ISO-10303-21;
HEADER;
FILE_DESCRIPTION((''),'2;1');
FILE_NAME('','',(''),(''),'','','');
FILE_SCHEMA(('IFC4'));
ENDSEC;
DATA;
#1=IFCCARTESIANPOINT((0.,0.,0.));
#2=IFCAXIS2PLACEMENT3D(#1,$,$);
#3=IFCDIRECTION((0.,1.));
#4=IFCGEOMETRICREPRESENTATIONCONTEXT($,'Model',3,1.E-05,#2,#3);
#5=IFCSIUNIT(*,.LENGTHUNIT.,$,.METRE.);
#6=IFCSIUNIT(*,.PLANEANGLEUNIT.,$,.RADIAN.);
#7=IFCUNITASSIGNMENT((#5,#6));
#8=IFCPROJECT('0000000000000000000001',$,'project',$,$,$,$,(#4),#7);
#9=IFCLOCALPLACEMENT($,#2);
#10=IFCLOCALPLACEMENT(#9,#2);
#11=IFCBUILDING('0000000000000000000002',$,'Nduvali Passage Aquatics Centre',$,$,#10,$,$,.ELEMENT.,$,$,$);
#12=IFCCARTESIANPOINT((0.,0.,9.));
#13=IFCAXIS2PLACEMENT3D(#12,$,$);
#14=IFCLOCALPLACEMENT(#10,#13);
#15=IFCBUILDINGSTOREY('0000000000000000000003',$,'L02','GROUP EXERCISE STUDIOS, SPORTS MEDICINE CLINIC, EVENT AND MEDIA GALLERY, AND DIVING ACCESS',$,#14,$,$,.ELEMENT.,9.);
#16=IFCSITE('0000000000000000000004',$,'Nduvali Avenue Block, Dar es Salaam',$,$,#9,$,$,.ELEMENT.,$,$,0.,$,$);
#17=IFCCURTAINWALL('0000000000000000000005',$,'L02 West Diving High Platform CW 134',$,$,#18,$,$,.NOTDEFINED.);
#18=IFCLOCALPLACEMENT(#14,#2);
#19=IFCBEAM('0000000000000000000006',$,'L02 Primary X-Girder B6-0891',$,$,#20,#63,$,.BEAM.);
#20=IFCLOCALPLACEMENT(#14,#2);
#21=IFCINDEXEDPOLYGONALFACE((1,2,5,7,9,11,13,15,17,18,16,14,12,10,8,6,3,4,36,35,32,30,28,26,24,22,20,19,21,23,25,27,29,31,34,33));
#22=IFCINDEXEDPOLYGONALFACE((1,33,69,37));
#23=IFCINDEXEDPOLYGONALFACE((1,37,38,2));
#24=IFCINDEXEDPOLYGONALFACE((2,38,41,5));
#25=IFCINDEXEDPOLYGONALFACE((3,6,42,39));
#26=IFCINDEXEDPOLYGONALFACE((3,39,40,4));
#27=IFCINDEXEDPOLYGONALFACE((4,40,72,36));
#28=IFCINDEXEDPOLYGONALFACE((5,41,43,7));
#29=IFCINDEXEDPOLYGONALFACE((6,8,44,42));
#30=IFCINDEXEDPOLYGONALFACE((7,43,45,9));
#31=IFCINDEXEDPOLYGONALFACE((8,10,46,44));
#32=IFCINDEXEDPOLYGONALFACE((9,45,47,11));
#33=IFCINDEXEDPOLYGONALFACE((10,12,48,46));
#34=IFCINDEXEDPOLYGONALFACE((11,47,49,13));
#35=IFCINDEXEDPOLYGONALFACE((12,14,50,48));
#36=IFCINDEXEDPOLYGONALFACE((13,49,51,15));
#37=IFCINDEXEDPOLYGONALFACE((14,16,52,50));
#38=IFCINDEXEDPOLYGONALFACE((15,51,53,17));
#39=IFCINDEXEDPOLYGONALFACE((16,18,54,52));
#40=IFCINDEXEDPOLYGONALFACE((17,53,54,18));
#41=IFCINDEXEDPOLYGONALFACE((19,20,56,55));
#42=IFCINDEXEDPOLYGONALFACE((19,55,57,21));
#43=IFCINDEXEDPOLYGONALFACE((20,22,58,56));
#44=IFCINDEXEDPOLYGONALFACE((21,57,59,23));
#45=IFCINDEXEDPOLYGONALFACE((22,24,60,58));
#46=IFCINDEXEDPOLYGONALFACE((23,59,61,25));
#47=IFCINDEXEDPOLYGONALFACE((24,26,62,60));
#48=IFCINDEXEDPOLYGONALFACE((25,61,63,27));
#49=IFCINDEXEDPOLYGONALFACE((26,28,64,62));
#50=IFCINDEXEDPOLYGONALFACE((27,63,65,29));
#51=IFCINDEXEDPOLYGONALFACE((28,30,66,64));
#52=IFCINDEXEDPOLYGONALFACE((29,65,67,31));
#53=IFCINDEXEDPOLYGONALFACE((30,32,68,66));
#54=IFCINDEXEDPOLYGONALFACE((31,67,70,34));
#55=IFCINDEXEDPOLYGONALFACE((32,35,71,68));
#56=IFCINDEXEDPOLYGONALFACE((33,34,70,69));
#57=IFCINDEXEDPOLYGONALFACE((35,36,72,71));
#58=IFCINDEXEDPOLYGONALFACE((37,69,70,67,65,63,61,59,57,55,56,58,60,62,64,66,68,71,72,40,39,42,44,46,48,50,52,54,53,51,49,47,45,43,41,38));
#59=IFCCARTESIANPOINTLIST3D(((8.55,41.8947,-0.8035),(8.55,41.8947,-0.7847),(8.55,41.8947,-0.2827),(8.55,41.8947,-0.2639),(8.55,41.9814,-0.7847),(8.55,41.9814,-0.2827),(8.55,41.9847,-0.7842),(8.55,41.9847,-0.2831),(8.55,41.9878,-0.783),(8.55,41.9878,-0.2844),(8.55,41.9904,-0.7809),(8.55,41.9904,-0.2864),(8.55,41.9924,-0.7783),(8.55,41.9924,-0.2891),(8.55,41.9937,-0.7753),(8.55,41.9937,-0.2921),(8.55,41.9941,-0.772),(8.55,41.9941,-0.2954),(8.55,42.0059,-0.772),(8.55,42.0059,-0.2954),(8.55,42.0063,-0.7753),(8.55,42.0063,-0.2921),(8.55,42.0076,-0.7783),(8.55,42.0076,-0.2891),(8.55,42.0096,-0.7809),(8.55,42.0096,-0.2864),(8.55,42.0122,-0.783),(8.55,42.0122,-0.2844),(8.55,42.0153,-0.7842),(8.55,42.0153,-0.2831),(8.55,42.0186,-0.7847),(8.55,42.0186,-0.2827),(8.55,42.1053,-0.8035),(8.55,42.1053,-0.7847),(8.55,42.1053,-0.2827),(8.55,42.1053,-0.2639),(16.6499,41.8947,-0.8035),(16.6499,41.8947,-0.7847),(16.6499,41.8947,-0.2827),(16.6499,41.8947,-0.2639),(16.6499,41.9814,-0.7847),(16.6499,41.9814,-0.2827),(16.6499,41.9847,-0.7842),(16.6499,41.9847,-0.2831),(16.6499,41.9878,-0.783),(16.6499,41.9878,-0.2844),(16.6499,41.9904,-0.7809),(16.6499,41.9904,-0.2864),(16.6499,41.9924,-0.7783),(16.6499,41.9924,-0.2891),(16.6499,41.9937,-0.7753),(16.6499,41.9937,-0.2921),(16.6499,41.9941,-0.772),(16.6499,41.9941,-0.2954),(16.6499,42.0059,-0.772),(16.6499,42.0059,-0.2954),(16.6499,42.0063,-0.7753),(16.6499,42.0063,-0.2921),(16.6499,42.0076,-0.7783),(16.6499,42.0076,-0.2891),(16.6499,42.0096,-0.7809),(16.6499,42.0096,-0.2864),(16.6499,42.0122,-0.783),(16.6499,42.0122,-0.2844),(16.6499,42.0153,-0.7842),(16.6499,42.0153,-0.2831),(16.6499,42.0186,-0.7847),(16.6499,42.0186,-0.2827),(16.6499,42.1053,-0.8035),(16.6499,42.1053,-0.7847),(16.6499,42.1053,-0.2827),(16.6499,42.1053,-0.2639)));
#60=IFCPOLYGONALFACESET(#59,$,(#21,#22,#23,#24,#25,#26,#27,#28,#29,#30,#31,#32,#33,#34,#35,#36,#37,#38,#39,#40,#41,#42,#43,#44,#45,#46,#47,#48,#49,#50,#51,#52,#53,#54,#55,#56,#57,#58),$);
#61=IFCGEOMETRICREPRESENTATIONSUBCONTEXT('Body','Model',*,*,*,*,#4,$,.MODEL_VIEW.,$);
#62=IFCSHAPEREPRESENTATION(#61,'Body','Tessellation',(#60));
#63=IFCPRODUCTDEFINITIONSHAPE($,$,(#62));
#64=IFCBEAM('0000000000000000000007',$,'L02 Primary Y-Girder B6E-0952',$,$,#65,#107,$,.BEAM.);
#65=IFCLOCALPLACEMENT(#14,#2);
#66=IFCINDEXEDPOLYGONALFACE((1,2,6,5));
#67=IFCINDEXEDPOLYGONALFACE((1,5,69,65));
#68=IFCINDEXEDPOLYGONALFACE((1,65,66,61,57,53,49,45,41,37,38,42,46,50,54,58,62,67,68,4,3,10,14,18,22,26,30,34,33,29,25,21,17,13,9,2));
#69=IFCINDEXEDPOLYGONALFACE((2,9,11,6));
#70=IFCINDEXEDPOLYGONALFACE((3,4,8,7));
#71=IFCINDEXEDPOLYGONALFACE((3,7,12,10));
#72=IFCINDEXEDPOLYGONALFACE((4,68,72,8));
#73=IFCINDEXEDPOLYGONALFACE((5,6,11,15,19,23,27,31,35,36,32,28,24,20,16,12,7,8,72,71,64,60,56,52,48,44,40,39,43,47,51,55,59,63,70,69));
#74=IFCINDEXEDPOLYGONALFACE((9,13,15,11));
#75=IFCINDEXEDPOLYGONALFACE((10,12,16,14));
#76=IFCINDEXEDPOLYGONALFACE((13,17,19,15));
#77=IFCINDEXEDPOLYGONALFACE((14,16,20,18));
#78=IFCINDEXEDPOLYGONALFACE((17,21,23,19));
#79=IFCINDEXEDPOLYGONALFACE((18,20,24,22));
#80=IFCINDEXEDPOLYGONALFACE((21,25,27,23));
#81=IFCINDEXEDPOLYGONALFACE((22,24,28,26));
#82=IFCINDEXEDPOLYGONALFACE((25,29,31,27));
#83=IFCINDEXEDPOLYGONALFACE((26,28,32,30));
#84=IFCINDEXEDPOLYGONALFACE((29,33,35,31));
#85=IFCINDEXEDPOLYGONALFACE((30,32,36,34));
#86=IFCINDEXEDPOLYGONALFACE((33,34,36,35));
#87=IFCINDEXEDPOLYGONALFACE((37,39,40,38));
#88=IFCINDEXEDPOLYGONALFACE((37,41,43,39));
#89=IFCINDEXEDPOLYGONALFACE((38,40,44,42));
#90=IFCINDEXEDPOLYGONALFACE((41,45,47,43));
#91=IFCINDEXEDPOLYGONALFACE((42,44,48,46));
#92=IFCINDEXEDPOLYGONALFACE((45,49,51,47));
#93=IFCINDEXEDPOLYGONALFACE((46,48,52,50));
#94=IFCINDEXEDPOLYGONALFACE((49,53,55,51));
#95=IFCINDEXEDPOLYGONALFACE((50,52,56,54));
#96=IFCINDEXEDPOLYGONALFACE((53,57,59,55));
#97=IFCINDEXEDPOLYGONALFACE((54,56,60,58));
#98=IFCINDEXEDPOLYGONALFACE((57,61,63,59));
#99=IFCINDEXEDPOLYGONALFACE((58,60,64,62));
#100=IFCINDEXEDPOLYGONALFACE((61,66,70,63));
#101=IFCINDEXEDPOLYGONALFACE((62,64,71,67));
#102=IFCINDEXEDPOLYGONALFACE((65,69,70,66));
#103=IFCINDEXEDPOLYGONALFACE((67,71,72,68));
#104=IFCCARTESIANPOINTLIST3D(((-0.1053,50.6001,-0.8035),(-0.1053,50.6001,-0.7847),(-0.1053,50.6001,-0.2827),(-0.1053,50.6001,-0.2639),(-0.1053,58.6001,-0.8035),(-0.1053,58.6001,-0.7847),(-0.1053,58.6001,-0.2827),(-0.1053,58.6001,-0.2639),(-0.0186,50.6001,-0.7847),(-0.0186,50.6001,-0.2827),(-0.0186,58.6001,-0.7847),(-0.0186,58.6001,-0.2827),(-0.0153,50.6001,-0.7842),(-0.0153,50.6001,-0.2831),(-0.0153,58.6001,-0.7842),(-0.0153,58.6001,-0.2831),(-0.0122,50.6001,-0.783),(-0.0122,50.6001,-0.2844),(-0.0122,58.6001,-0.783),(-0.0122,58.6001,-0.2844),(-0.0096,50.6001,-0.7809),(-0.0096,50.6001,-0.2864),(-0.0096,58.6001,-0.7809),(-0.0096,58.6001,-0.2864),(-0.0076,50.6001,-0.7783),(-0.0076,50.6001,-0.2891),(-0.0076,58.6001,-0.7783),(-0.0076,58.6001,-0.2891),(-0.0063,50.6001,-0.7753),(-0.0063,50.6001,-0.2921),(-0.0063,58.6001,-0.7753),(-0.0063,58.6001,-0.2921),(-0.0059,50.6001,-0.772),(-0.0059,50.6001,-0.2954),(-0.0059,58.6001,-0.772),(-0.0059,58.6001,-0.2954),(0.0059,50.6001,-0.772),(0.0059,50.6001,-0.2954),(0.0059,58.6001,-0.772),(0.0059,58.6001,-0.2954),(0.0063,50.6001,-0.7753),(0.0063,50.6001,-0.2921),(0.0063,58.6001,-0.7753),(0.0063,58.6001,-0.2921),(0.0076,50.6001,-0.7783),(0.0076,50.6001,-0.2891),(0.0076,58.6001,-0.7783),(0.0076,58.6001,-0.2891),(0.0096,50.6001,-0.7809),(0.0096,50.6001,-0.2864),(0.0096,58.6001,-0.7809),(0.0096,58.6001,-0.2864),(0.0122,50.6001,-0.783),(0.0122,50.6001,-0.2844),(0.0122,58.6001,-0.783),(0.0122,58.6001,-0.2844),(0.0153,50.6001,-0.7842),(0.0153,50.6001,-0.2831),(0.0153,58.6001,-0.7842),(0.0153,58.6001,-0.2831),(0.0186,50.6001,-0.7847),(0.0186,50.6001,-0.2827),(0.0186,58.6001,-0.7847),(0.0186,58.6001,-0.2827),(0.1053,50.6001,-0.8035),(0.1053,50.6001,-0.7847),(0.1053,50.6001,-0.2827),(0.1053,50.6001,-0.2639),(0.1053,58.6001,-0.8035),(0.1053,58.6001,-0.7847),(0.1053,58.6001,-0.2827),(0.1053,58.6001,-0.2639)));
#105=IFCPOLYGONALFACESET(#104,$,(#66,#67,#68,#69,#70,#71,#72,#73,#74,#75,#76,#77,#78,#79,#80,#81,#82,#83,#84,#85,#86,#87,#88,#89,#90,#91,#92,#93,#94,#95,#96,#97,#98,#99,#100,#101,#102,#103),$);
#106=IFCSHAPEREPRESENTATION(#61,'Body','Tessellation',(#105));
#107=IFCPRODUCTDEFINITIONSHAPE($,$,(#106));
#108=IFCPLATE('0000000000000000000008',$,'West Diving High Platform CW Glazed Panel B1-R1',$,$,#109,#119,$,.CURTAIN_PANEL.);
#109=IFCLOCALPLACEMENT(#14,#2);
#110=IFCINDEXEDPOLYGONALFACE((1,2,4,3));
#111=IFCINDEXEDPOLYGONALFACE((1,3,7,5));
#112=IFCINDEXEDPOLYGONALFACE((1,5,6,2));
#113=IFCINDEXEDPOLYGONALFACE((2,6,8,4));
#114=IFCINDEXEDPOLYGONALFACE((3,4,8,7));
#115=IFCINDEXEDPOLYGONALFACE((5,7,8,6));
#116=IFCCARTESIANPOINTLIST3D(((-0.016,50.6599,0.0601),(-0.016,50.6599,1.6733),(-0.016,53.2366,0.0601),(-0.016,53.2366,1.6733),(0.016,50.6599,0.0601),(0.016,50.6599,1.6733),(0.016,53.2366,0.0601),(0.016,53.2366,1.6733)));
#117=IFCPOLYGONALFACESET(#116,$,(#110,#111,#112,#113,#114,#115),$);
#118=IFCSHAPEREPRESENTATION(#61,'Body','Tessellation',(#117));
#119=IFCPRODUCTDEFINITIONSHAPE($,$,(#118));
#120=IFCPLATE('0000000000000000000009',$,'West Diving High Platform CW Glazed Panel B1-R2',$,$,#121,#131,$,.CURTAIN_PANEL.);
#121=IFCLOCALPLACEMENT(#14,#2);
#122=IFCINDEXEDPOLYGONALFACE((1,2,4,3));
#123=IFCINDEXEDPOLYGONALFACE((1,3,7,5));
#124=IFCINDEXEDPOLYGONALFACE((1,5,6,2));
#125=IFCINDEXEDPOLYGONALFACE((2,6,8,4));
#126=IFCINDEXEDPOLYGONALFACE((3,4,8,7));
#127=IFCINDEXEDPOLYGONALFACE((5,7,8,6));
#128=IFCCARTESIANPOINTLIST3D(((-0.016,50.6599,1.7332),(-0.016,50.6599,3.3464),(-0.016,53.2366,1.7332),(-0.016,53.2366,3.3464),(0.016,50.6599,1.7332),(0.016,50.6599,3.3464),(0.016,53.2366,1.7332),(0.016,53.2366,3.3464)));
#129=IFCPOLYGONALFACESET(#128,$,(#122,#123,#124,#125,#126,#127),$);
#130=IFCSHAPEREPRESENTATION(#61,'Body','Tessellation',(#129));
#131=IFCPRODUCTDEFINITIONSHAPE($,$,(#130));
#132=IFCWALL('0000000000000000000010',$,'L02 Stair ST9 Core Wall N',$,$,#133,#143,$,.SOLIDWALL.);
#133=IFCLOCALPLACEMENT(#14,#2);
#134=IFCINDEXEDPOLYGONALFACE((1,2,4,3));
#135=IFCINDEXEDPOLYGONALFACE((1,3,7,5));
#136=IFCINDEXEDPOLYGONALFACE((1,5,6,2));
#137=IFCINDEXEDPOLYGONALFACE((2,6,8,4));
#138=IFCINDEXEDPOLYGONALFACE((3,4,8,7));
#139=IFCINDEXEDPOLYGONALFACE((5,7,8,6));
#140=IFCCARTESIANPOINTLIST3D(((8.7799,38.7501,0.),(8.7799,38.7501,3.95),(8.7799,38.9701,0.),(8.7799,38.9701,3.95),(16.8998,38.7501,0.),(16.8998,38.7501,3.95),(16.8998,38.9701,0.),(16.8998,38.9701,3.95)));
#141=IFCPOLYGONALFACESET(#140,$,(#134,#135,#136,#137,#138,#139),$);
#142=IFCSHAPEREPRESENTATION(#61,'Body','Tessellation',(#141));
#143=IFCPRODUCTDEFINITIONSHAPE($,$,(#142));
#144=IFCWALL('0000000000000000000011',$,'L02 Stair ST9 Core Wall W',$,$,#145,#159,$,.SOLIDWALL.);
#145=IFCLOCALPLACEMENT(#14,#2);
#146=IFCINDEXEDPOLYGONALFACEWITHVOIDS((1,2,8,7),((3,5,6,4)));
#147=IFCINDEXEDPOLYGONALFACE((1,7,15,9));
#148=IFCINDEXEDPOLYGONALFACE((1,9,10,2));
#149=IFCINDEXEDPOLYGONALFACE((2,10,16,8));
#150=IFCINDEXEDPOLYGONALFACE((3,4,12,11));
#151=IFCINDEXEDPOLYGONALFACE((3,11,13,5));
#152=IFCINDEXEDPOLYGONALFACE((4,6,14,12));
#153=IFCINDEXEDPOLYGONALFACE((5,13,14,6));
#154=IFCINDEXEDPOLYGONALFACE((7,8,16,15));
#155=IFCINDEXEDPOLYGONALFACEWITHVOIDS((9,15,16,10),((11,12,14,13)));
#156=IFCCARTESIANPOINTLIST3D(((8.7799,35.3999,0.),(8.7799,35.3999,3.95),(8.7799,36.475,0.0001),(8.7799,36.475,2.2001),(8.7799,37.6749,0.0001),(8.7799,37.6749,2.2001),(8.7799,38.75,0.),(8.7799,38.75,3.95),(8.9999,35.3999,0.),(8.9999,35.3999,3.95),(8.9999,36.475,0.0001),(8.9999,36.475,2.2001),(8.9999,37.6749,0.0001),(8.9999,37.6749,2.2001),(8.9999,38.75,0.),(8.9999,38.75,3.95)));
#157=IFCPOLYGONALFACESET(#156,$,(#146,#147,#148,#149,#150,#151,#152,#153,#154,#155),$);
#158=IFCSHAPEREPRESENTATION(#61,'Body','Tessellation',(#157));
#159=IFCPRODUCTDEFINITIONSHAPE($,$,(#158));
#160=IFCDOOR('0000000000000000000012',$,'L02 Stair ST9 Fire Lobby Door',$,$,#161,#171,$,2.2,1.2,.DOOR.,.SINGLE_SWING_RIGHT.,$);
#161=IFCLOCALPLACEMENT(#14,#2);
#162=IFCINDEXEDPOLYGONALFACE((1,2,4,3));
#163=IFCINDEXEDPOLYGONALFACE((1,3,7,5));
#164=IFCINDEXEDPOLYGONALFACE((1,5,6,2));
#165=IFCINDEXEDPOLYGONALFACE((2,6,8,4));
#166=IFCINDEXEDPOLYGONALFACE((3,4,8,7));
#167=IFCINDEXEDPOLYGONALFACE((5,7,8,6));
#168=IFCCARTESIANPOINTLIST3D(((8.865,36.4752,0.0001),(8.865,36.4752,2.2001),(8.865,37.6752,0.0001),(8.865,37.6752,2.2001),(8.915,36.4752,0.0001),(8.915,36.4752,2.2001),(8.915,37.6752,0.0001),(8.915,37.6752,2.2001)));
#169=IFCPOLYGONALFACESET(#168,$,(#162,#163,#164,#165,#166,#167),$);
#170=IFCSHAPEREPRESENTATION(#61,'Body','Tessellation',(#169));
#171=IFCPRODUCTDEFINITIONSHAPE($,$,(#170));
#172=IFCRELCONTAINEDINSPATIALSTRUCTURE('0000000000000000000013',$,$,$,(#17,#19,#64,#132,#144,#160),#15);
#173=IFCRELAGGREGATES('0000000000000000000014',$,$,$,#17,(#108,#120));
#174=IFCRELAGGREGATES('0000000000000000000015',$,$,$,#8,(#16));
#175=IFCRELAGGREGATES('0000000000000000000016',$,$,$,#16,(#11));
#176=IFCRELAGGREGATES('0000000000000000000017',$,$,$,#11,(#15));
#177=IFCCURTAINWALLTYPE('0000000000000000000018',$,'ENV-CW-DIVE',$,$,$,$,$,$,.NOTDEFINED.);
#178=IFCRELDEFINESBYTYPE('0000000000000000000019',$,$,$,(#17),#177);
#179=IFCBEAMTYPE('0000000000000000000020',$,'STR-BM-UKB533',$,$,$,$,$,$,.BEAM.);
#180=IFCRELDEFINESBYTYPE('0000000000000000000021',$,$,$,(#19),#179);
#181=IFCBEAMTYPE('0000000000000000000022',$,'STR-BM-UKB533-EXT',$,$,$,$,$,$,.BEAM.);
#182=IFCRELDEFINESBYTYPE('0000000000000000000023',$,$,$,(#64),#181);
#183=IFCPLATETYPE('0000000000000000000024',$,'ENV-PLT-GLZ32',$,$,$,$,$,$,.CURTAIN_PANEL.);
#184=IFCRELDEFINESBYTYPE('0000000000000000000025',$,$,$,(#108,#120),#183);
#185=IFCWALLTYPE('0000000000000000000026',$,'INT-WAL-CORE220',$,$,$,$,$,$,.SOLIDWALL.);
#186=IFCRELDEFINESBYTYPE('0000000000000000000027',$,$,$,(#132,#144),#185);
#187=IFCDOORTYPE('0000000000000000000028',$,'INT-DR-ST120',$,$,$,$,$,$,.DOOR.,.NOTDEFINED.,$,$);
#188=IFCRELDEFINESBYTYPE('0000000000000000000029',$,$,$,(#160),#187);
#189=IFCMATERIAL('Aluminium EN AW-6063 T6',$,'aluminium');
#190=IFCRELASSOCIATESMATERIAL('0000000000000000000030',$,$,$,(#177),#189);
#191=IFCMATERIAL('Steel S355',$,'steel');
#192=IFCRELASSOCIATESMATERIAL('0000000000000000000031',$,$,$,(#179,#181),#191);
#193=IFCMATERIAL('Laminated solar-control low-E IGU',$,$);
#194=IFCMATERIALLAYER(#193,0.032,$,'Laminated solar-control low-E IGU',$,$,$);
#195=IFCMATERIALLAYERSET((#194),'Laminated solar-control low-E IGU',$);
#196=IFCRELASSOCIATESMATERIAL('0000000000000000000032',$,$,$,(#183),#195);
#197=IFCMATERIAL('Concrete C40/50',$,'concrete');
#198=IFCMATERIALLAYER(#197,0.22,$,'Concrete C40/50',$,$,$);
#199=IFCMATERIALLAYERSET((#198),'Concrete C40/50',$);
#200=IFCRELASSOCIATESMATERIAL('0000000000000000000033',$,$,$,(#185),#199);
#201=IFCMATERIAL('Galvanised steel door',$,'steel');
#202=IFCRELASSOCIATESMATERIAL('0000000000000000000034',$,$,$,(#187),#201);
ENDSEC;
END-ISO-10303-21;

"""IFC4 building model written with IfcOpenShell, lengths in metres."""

from ifc_helpers import new_model, si_unit, direction, frame, frame_2d, origin, origin_2d, place, context, subcontext, project, spatial, rectangle, i_section, extrude, material, layer, layer_set, material_profile, profile_set, type_object, element, fill, aggregate, save


model = new_model("IFC4")

# Units and contexts
model_context = context("Model", 3, precision=1e-05, world=origin(), true_north=direction((0.0, 1.0)))
body_context = subcontext(model_context, "Body", "Model", "MODEL_VIEW")
ifc_project = project(units=[si_unit("LENGTHUNIT", "METRE"), si_unit("PLANEANGLEUNIT", "RADIAN")], contexts=[model_context])

# Site, building, storey
site_placement = place(None, origin())
site = spatial("IfcSite", under=ifc_project, at=site_placement, Name="Nduvali Avenue Block, Dar es Salaam", CompositionType="ELEMENT", RefElevation=0.0)
building_placement = place(site_placement, origin())
building = spatial("IfcBuilding", under=site, at=building_placement, Name="Nduvali Passage Aquatics Centre", CompositionType="ELEMENT")
storey_placement = place(building_placement, frame((0.0, 0.0, 9.0)))
storey = spatial("IfcBuildingStorey", under=building, at=storey_placement, Name="L02", Description="GROUP EXERCISE STUDIOS, SPORTS MEDICINE CLINIC, EVENT AND MEDIA GALLERY, AND DIVING ACCESS", CompositionType="ELEMENT", Elevation=9.0)

# Shared definitions
ifc_material_1 = material(Name="Steel S355", Category="steel")

# Curtain wall
ifc_material_2 = material(Name="Aluminium EN AW-6063 T6", Category="aluminium")
curtain_wall_type = type_object("IfcCurtainWallType", Name="ENV-CW-DIVE", PredefinedType="NOTDEFINED", material=ifc_material_2)
curtain_wall_placement = place(storey_placement, origin())
curtain_wall = element("IfcCurtainWall", 1, at=curtain_wall_placement, inside=storey, type_object=curtain_wall_type, Name="L02 West Diving High Platform CW 134", PredefinedType="NOTDEFINED")

# Beams
ifc_material_profile_1 = material_profile(ifc_material_1, i_section(OverallWidth=0.2107, OverallDepth=0.5396, WebThickness=0.0117, FlangeThickness=0.0188, FilletRadius=0.0127, at=origin_2d()), Name="UKB 533x210x109")
ifc_profile_set_1 = profile_set([ifc_material_profile_1], Name="Steel S355")
beam_type_1 = type_object("IfcBeamType", Name="STR-BM-UKB533", PredefinedType="BEAM", material=ifc_profile_set_1)
beam_1_placement = place(storey_placement, frame((8.55, 42.0, -0.5337), z_axis=(1.0, 0.0, 0.0), x_axis=(0.0, 1.0, 0.0)))
element("IfcBeam", 2, at=beam_1_placement, inside=storey, type_object=beam_type_1, Name="L02 Primary X-Girder B6-0891", PredefinedType="BEAM", context=body_context, shape_type="SweptSolid", body=[
    extrude(i_section(OverallWidth=0.2107, OverallDepth=0.5396, WebThickness=0.0117, FlangeThickness=0.0188, FilletRadius=0.0127, at=origin_2d()), origin(), (0.0, 0.0, 1.0), 8.0999),
])
ifc_material_profile_2 = material_profile(ifc_material_1, i_section(OverallWidth=0.2107, OverallDepth=0.5396, WebThickness=0.0117, FlangeThickness=0.0188, FilletRadius=0.0127, at=origin_2d()), Name="UKB 533x210x109")
ifc_profile_set_2 = profile_set([ifc_material_profile_2], Name="Steel S355")
beam_type_2 = type_object("IfcBeamType", Name="STR-BM-UKB533-EXT", PredefinedType="BEAM", material=ifc_profile_set_2)
beam_2_placement = place(storey_placement, frame((0.0, 50.6001, -0.5337), z_axis=(0.0, 1.0, 0.0), x_axis=(-1.0, 0.0, 0.0)))
element("IfcBeam", 3, at=beam_2_placement, inside=storey, type_object=beam_type_2, Name="L02 Primary Y-Girder B6E-0952", PredefinedType="BEAM", context=body_context, shape_type="SweptSolid", body=[
    extrude(i_section(OverallWidth=0.2107, OverallDepth=0.5396, WebThickness=0.0117, FlangeThickness=0.0188, FilletRadius=0.0127, at=origin_2d()), origin(), (0.0, 0.0, 1.0), 8.0),
])

# Plates
ifc_material_3 = material(Name="Laminated solar-control low-E IGU")
ifc_layer_1 = layer(ifc_material_3, 0.032, Name="Laminated solar-control low-E IGU")
ifc_layer_set_1 = layer_set([ifc_layer_1], Name="Laminated solar-control low-E IGU")
plate_type = type_object("IfcPlateType", Name="ENV-PLT-GLZ32", PredefinedType="CURTAIN_PANEL", material=ifc_layer_set_1)
plate_1_placement = place(storey_placement, frame((0.0, 51.9482, 0.0601), z_axis=(0.0, 0.0, 1.0), x_axis=(0.0, 1.0, 0.0)))
plate_1 = element("IfcPlate", 4, at=plate_1_placement, type_object=plate_type, Name="West Diving High Platform CW Glazed Panel B1-R1", PredefinedType="CURTAIN_PANEL", context=body_context, shape_type="SweptSolid", body=[
    extrude(rectangle(XDim=2.5767, YDim=0.032, at=origin_2d()), origin(), (0.0, 0.0, 1.0), 1.6133),
])
plate_2_placement = place(storey_placement, frame((0.0, 51.9482, 1.7332), z_axis=(0.0, 0.0, 1.0), x_axis=(0.0, 1.0, 0.0)))
plate_2 = element("IfcPlate", 5, at=plate_2_placement, type_object=plate_type, Name="West Diving High Platform CW Glazed Panel B1-R2", PredefinedType="CURTAIN_PANEL", context=body_context, shape_type="SweptSolid", body=[
    extrude(rectangle(XDim=2.5767, YDim=0.032, at=origin_2d()), origin(), (0.0, 0.0, 1.0), 1.6133),
])
aggregate(curtain_wall, [plate_1, plate_2])

# Wall
ifc_material_4 = material(Name="Concrete C40/50", Category="concrete")
ifc_layer_2 = layer(ifc_material_4, 0.22, Name="Concrete C40/50")
ifc_layer_set_2 = layer_set([ifc_layer_2], Name="Concrete C40/50")
wall_type_1 = type_object("IfcWallType", Name="INT-WAL-CORE220", PredefinedType="SOLIDWALL", material=ifc_layer_set_2)
wall_1_placement = place(storey_placement, frame((16.8999, 38.8601, 0.0), z_axis=(0.0, 0.0, 1.0), x_axis=(-1.0, 0.0, 0.0)))
element("IfcWall", 6, at=wall_1_placement, inside=storey, type_object=wall_type_1, Name="L02 Stair ST9 Core Wall N", PredefinedType="SOLIDWALL", context=body_context, shape_type="SweptSolid", body=[
    extrude(rectangle(XDim=8.1199, YDim=0.22, at=frame_2d((4.0601, 0.0))), origin(), (0.0, 0.0, 1.0), 3.95),
])

# Wall, opening, door
wall_2_placement = place(storey_placement, frame((8.8899, 38.75, 0.0), z_axis=(0.0, 0.0, 1.0), x_axis=(0.0, -1.0, 0.0)))
wall_2 = element("IfcWall", 7, at=wall_2_placement, inside=storey, type_object=wall_type_1, Name="L02 Stair ST9 Core Wall W", PredefinedType="SOLIDWALL", context=body_context, shape_type="SweptSolid", body=[
    extrude(rectangle(XDim=3.3501, YDim=0.22, at=frame_2d((1.675, 0.0))), origin(), (0.0, 0.0, 1.0), 3.95),
])
opening_1_placement = place(wall_2_placement, frame((1.075, 0.0, 0.0)))
opening_1 = element("IfcOpeningElement", 8, at=opening_1_placement, cuts=wall_2, PredefinedType="OPENING", context=body_context, shape_type="SweptSolid", body=[
    extrude(rectangle(XDim=1.2, YDim=2.2, at=frame_2d((0.6001, 1.1001))), frame((0.0, 0.125, 0.0), z_axis=(0.0, -1.0, 0.0), x_axis=(1.0, 0.0, 0.0)), (0.0, 0.0, 1.0), 0.2498),
])
ifc_material_5 = material(Name="Galvanised steel door", Category="steel")
door_type_1 = type_object("IfcDoorType", Name="INT-DR-ST120", OperationType="NOTDEFINED", PredefinedType="DOOR", material=ifc_material_5)
door_1_placement = place(opening_1_placement, frame((1.2, 0.0, 0.0), z_axis=(0.0, 0.0, 1.0), x_axis=(-1.0, 0.0, 0.0)))
door_1 = element("IfcDoor", 9, at=door_1_placement, inside=storey, type_object=door_type_1, Name="L02 Stair ST9 Fire Lobby Door", OperationType="SINGLE_SWING_RIGHT", OverallHeight=2.2, OverallWidth=1.2, PredefinedType="DOOR", context=body_context, shape_type="SweptSolid", body=[
    extrude(rectangle(XDim=1.2, YDim=2.2, at=frame_2d((0.6001, 1.1001))), frame((0.0, 0.0249, 0.0), z_axis=(0.0, -1.0, 0.0), x_axis=(1.0, 0.0, 0.0)), (0.0, 0.0, 1.0), 0.05),
])
fill(opening_1, door_1)

save(model, "model.ifc")
